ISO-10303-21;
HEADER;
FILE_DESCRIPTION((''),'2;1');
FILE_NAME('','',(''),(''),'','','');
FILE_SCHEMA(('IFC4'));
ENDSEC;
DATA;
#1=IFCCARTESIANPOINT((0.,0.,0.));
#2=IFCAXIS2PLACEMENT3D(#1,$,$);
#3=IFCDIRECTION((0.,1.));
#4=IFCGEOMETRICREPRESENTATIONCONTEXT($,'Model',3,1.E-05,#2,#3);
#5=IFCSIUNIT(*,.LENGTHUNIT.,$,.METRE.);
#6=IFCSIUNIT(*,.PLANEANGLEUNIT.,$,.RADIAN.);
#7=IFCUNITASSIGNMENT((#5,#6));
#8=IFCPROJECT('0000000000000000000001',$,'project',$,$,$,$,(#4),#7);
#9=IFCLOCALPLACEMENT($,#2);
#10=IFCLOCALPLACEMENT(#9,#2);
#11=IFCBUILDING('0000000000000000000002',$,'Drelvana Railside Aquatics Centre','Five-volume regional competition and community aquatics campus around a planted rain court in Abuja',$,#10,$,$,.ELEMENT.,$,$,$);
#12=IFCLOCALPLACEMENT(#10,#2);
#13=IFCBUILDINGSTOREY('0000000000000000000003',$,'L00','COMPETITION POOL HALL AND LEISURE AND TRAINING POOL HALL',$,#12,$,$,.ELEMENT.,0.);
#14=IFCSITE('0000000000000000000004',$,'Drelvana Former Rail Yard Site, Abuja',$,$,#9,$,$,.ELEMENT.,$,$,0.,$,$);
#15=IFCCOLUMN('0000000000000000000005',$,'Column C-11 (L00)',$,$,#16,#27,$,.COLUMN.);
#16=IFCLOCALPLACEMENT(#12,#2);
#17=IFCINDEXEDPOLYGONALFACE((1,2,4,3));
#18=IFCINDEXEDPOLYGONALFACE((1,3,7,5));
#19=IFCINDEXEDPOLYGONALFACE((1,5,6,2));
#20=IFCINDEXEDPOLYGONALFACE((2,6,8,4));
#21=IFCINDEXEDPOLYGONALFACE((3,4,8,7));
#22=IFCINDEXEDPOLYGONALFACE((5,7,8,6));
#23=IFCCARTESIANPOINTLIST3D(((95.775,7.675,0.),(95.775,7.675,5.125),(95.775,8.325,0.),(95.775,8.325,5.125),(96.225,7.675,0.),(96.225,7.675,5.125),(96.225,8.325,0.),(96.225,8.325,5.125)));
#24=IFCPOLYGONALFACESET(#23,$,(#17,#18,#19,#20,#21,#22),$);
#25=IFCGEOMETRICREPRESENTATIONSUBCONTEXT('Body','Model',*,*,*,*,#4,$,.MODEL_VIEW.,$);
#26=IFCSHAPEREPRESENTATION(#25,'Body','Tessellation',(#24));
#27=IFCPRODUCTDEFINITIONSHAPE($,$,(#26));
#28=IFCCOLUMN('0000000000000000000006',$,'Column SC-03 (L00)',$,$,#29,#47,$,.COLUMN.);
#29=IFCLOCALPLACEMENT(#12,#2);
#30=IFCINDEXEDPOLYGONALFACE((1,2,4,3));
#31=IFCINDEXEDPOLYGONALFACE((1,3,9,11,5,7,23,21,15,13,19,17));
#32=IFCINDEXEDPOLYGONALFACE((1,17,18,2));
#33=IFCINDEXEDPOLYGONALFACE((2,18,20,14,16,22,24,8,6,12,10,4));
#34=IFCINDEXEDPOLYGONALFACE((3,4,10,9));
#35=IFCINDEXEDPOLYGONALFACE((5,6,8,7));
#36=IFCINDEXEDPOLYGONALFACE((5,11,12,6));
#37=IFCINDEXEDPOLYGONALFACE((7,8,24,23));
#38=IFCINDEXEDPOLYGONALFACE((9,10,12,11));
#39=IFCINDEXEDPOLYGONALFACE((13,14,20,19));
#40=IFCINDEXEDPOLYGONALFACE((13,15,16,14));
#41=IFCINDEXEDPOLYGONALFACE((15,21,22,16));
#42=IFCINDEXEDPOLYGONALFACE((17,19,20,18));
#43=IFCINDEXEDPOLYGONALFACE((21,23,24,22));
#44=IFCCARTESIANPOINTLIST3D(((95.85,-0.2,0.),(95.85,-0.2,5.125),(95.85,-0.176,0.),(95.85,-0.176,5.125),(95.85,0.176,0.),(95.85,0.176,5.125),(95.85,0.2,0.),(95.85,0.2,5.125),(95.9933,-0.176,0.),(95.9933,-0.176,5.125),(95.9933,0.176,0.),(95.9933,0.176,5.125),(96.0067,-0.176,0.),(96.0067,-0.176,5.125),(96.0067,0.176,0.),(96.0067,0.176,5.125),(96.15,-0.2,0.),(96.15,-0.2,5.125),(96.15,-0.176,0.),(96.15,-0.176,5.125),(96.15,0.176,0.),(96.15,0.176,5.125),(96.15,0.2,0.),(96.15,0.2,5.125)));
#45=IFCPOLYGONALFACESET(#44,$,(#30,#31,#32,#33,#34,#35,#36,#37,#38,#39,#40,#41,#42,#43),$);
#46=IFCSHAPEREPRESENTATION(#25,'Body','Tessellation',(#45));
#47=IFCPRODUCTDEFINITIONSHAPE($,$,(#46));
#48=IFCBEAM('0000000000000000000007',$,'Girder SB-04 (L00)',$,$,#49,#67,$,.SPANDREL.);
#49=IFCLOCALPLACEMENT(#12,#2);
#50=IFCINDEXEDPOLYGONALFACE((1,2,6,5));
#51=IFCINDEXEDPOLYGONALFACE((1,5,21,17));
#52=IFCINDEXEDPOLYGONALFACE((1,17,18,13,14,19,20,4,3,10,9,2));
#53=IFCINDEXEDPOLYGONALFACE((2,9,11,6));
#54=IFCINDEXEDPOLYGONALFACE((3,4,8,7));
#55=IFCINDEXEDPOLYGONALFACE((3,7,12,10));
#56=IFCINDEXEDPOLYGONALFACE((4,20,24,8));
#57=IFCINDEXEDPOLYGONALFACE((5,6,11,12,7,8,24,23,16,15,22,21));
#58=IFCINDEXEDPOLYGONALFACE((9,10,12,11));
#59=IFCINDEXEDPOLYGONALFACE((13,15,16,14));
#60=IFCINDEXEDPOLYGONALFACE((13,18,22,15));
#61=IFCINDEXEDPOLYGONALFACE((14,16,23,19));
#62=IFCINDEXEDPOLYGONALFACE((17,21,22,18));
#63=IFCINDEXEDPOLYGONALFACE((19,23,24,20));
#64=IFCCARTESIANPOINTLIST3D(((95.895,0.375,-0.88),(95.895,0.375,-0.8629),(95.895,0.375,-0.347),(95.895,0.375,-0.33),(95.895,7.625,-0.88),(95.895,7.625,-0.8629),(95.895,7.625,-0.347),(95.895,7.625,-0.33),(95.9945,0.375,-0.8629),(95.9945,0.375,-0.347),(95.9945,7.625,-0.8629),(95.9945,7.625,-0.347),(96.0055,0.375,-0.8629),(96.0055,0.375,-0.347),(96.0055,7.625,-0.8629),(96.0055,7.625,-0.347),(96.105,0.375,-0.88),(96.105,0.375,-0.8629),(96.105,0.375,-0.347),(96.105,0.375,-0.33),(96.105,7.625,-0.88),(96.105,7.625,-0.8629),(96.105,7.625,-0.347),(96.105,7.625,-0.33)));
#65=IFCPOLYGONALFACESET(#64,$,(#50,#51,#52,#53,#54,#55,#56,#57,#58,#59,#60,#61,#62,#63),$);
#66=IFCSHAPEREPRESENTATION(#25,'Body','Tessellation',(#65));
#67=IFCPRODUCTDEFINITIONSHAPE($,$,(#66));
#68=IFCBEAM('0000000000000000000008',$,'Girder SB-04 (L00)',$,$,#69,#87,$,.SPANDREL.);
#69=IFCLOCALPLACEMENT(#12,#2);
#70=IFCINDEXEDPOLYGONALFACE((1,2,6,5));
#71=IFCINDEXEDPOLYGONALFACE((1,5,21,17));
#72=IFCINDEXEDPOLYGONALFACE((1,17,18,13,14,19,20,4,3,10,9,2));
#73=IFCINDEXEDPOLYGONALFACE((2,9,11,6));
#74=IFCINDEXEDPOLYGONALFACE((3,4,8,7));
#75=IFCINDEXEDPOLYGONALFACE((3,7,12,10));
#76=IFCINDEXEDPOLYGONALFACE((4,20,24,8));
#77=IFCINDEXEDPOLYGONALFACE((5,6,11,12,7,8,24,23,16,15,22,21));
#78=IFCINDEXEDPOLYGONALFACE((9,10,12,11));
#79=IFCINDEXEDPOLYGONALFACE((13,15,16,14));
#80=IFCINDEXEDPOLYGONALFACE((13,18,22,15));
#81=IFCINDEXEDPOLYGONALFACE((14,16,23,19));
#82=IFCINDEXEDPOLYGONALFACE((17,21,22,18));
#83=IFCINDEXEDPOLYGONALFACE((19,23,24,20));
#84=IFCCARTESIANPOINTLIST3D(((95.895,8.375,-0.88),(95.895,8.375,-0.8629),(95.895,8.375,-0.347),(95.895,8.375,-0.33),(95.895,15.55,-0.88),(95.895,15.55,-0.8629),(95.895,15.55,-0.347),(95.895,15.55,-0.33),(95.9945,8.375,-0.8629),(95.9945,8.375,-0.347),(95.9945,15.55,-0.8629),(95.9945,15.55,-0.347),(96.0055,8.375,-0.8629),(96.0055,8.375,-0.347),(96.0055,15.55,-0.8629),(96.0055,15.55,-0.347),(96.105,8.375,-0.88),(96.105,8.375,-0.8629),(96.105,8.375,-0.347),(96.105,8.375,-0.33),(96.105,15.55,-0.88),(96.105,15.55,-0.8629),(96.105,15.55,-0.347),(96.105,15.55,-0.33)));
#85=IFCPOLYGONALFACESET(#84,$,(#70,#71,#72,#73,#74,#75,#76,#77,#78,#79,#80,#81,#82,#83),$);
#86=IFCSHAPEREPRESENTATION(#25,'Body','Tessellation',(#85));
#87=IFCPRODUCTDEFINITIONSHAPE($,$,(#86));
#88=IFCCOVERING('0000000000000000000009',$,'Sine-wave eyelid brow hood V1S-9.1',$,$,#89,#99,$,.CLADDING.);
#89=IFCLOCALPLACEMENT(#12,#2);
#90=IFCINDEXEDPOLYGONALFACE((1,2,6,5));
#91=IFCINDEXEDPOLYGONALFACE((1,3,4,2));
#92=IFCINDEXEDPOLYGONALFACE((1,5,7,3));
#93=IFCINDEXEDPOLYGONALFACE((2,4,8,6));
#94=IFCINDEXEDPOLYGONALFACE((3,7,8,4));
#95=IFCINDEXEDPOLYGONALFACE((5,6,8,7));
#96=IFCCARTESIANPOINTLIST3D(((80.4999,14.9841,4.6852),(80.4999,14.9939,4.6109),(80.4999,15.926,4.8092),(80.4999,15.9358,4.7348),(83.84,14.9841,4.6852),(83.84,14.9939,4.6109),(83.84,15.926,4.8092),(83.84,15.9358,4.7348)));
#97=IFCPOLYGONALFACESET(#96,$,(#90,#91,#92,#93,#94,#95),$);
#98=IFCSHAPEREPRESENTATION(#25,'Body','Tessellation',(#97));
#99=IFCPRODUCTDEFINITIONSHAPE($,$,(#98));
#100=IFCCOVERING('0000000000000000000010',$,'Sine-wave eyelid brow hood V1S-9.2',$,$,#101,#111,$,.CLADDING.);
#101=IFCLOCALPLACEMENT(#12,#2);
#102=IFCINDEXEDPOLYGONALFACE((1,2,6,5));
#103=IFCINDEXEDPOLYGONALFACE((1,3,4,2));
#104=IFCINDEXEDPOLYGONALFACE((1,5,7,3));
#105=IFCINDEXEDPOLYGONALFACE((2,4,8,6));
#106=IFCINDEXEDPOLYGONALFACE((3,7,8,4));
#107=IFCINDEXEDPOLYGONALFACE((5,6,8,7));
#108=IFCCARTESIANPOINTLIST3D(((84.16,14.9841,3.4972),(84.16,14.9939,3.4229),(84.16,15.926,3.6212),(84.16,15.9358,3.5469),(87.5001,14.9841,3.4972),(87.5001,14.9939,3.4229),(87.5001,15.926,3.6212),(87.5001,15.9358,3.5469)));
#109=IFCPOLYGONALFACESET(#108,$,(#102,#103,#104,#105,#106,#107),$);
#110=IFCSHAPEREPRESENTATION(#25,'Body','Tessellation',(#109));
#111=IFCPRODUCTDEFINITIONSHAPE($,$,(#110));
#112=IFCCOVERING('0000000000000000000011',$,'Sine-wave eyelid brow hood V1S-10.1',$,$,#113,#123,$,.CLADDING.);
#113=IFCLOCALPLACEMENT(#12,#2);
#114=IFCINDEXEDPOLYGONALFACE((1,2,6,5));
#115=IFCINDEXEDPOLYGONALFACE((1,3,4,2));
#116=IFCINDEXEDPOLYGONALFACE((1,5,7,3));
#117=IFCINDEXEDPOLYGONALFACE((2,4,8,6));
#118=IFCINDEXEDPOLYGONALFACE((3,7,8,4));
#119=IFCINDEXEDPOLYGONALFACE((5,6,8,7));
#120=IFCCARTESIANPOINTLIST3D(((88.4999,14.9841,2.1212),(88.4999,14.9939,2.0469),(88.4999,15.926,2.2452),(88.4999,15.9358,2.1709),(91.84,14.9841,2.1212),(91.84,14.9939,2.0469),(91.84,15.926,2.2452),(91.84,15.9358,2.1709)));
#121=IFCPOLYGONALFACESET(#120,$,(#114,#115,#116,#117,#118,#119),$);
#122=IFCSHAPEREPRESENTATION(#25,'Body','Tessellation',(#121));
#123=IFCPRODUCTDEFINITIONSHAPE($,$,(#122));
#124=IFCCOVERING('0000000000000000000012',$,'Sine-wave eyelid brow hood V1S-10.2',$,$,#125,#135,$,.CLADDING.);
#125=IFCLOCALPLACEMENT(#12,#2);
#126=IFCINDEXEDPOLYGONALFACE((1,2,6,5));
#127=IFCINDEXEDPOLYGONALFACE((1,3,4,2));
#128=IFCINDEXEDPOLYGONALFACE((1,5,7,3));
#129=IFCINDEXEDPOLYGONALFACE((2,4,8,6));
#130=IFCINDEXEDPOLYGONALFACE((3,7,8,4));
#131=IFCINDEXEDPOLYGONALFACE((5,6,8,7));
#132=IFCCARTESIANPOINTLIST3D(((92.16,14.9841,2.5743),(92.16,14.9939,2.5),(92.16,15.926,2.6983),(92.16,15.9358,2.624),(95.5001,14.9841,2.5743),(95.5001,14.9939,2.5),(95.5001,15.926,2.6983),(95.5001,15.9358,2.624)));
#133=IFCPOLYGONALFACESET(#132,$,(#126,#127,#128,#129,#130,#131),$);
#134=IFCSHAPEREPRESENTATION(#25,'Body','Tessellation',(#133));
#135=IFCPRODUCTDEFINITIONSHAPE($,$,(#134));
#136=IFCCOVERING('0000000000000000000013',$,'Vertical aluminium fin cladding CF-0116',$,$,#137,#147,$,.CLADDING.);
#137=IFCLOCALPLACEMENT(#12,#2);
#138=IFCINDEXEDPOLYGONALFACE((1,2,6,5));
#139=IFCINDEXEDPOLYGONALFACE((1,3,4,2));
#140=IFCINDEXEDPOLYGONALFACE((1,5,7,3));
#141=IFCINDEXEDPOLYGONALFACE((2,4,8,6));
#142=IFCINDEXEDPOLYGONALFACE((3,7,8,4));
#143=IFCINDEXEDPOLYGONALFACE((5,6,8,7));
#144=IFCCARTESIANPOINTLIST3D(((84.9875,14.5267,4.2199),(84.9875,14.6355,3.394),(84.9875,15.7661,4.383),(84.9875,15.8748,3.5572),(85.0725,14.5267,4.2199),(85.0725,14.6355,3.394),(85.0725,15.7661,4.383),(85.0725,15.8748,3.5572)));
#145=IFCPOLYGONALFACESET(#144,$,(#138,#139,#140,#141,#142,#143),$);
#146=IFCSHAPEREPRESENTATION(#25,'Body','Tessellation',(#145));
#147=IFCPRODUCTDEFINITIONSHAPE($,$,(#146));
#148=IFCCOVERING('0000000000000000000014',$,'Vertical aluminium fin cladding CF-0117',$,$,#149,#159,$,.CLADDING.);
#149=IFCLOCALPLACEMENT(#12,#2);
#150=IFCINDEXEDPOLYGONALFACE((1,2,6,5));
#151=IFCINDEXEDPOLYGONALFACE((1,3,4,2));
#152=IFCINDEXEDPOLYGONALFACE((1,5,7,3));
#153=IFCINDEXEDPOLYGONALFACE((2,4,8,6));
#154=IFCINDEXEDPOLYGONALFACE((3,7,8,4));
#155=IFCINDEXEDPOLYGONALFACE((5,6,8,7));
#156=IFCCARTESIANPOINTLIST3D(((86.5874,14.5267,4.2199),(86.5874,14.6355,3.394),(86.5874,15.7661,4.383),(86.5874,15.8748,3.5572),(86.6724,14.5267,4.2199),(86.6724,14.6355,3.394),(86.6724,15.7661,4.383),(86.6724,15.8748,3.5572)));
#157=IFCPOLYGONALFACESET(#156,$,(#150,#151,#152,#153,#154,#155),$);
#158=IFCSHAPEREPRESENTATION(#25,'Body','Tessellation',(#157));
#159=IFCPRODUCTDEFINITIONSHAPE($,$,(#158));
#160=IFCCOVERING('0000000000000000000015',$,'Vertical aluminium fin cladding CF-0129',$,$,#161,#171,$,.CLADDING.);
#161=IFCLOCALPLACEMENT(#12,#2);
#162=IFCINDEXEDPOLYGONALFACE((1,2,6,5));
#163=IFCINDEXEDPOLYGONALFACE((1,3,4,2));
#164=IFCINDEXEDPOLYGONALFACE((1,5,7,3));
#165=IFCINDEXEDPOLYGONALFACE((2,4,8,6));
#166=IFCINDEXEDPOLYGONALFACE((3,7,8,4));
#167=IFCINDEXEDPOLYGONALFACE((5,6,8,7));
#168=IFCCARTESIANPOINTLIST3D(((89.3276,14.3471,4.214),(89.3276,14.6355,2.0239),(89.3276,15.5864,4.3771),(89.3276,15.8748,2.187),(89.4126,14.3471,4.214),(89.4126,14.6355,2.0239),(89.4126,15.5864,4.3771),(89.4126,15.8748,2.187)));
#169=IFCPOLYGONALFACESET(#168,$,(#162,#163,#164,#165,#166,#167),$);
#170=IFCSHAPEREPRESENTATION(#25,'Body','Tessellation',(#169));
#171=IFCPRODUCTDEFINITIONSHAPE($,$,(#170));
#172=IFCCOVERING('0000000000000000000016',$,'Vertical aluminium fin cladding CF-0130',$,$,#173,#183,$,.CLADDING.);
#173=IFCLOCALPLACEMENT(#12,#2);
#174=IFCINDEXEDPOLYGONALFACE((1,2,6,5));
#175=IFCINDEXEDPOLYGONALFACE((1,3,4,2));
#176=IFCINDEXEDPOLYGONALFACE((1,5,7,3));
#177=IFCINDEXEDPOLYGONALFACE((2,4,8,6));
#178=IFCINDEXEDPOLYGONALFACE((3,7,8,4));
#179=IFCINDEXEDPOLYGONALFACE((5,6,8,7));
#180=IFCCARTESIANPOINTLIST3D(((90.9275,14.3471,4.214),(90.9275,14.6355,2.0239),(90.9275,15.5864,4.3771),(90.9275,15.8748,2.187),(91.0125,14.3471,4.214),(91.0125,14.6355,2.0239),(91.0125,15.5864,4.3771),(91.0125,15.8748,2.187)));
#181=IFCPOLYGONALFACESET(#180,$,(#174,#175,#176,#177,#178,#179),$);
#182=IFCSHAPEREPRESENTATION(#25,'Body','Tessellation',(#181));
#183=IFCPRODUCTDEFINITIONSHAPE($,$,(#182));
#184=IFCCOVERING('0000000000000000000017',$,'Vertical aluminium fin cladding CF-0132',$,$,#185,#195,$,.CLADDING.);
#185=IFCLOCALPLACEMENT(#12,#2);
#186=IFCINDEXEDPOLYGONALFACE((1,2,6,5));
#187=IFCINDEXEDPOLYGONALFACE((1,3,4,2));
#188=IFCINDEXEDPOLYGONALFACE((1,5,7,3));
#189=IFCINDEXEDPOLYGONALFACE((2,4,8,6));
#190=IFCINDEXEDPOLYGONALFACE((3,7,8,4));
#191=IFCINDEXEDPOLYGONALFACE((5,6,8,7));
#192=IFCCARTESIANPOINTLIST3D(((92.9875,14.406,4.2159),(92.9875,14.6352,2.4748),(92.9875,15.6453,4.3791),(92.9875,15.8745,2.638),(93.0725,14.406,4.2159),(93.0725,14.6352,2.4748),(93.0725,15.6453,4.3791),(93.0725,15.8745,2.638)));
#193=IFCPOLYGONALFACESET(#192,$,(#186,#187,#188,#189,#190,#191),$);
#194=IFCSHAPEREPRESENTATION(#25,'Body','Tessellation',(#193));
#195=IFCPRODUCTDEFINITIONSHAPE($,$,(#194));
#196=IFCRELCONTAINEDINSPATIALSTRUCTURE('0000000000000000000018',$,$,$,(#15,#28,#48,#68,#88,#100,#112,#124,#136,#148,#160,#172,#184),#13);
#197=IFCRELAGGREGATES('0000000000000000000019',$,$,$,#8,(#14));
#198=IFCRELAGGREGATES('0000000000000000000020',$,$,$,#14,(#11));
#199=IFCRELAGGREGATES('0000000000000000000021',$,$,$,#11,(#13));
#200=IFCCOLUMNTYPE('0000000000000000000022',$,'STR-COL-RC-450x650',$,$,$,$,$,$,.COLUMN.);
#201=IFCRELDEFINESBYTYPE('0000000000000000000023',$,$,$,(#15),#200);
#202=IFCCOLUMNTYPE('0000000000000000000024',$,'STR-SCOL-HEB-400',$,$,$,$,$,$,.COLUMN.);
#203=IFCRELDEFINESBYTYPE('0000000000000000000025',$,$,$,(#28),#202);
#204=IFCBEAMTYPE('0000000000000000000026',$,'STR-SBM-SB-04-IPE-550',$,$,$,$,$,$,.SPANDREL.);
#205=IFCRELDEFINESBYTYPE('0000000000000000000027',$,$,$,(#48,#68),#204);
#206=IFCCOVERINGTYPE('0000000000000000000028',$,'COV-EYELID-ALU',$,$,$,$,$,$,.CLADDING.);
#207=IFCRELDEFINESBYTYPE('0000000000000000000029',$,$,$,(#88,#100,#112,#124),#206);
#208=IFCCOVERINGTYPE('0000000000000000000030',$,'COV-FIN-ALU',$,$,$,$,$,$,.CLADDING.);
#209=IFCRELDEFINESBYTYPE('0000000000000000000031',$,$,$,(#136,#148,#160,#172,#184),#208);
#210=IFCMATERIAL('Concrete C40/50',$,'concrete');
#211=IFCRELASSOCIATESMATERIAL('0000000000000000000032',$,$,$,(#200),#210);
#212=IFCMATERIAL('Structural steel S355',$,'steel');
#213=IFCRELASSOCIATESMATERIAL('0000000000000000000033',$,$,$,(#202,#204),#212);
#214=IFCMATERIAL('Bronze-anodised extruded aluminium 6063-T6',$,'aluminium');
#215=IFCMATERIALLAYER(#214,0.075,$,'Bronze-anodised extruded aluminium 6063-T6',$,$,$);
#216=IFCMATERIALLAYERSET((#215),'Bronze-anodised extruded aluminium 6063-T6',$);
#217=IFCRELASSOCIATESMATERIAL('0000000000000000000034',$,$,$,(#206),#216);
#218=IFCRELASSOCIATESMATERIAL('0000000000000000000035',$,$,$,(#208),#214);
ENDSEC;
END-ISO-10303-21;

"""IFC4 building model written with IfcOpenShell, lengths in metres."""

from ifc_helpers import new_model, si_unit, direction, frame, origin, origin_2d, place, context, subcontext, project, spatial, rectangle, i_section, extrude, material, layer, layer_set, material_profile, profile_set, type_object, element, save


model = new_model("IFC4")

# Units and contexts
model_context = context("Model", 3, precision=1e-05, world=origin(), true_north=direction((0.0, 1.0)))
body_context = subcontext(model_context, "Body", "Model", "MODEL_VIEW")
ifc_project = project(units=[si_unit("LENGTHUNIT", "METRE"), si_unit("PLANEANGLEUNIT", "RADIAN")], contexts=[model_context])

# Site, building, storey
site_placement = place(None, origin())
site = spatial("IfcSite", under=ifc_project, at=site_placement, Name="Drelvana Former Rail Yard Site, Abuja", CompositionType="ELEMENT", RefElevation=0.0)
building_placement = place(site_placement, origin())
building = spatial("IfcBuilding", under=site, at=building_placement, Name="Drelvana Railside Aquatics Centre", Description="Five-volume regional competition and community aquatics campus around a planted rain court in Abuja", CompositionType="ELEMENT")
storey_placement = place(building_placement, origin())
storey = spatial("IfcBuildingStorey", under=building, at=storey_placement, Name="L00", Description="COMPETITION POOL HALL AND LEISURE AND TRAINING POOL HALL", CompositionType="ELEMENT", Elevation=0.0)

# Columns
ifc_material_1 = material(Name="Concrete C40/50", Category="concrete")
ifc_material_profile_1 = material_profile(ifc_material_1, rectangle(XDim=0.45, YDim=0.6499, at=origin_2d()), Name="RC 450x650")
ifc_profile_set_1 = profile_set([ifc_material_profile_1], Name="Concrete C40/50")
column_type_1 = type_object("IfcColumnType", Name="STR-COL-RC-450x650", PredefinedType="COLUMN", material=ifc_profile_set_1)
column_1_placement = place(storey_placement, frame((96.0, 8.0, 0.0), z_axis=(0.0, 0.0, 1.0), x_axis=(1.0, 0.0, 0.0)))
element("IfcColumn", 1, at=column_1_placement, inside=storey, type_object=column_type_1, Name="Column C-11 (L00)", PredefinedType="COLUMN", context=body_context, shape_type="SweptSolid", body=[
    extrude(rectangle(XDim=0.45, YDim=0.6499, at=origin_2d()), origin(), (0.0, 0.0, 1.0), 5.125),
])
ifc_material_2 = material(Name="Structural steel S355", Category="steel")
ifc_material_profile_2 = material_profile(ifc_material_2, i_section(OverallWidth=0.3, OverallDepth=0.3999, WebThickness=0.0134, FlangeThickness=0.0239, at=origin_2d()), Name="HEB 400")
ifc_profile_set_2 = profile_set([ifc_material_profile_2], Name="Structural steel S355")
column_type_2 = type_object("IfcColumnType", Name="STR-SCOL-HEB-400", PredefinedType="COLUMN", material=ifc_profile_set_2)
column_2_placement = place(storey_placement, frame((96.0, 0.0, 0.0), z_axis=(0.0, 0.0, 1.0), x_axis=(1.0, 0.0, 0.0)))
element("IfcColumn", 2, at=column_2_placement, inside=storey, type_object=column_type_2, Name="Column SC-03 (L00)", PredefinedType="COLUMN", context=body_context, shape_type="SweptSolid", body=[
    extrude(i_section(OverallWidth=0.3, OverallDepth=0.3999, WebThickness=0.0134, FlangeThickness=0.0239, at=origin_2d()), origin(), (0.0, 0.0, 1.0), 5.125),
])

# Beams
ifc_material_profile_3 = material_profile(ifc_material_2, i_section(OverallWidth=0.21, OverallDepth=0.55, WebThickness=0.011, FlangeThickness=0.0171, at=origin_2d()), Name="IPE 550")
ifc_profile_set_3 = profile_set([ifc_material_profile_3], Name="Structural steel S355")
beam_type = type_object("IfcBeamType", Name="STR-SBM-SB-04-IPE-550", PredefinedType="SPANDREL", material=ifc_profile_set_3)
beam_1_placement = place(storey_placement, frame((96.0, 0.375, -0.605), z_axis=(0.0, 1.0, 0.0), x_axis=(-1.0, 0.0, 0.0)))
element("IfcBeam", 3, at=beam_1_placement, inside=storey, type_object=beam_type, Name="Girder SB-04 (L00)", PredefinedType="SPANDREL", context=body_context, shape_type="SweptSolid", body=[
    extrude(i_section(OverallWidth=0.21, OverallDepth=0.55, WebThickness=0.011, FlangeThickness=0.0171, at=origin_2d()), origin(), (0.0, 0.0, 1.0), 7.25),
])
beam_2_placement = place(storey_placement, frame((96.0, 8.375, -0.605), z_axis=(0.0, 1.0, 0.0), x_axis=(-1.0, 0.0, 0.0)))
element("IfcBeam", 4, at=beam_2_placement, inside=storey, type_object=beam_type, Name="Girder SB-04 (L00)", PredefinedType="SPANDREL", context=body_context, shape_type="SweptSolid", body=[
    extrude(i_section(OverallWidth=0.21, OverallDepth=0.55, WebThickness=0.011, FlangeThickness=0.0171, at=origin_2d()), origin(), (0.0, 0.0, 1.0), 7.175),
])

# Coverings
ifc_material_3 = material(Name="Bronze-anodised extruded aluminium 6063-T6", Category="aluminium")
ifc_layer_1 = layer(ifc_material_3, 0.075, Name="Bronze-anodised extruded aluminium 6063-T6")
ifc_layer_set_1 = layer_set([ifc_layer_1], Name="Bronze-anodised extruded aluminium 6063-T6")
covering_type_1 = type_object("IfcCoveringType", Name="COV-EYELID-ALU", PredefinedType="CLADDING", material=ifc_layer_set_1)
for number, where, z_axis, x_axis, name in (
    (5, (82.1699, 15.4648, 4.6729), (0.0, -0.130526, 0.991445), (-1.0, 0.0, 0.0), "Sine-wave eyelid brow hood V1S-9.1"),
    (6, (85.8301, 15.4648, 3.4849), (0.0, -0.130526, 0.991445), (-1.0, 0.0, 0.0), "Sine-wave eyelid brow hood V1S-9.2"),
    (7, (90.1699, 15.4648, 2.1089), (0.0, -0.130526, 0.991445), (-1.0, 0.0, 0.0), "Sine-wave eyelid brow hood V1S-10.1"),
    (8, (93.8301, 15.4648, 2.562), (0.0, -0.130526, 0.991445), (-1.0, 0.0, 0.0), "Sine-wave eyelid brow hood V1S-10.2"),
):
    element("IfcCovering", number, at=place(storey_placement, frame(where, z_axis=z_axis, x_axis=x_axis)), inside=storey, type_object=covering_type_1, Name=name, PredefinedType="CLADDING", context=body_context, shape_type="SweptSolid", body=[
        extrude(rectangle(XDim=3.3401, YDim=0.95, at=origin_2d()), origin(), (0.0, 0.0, 1.0), 0.075),
    ])
covering_type_2 = type_object("IfcCoveringType", Name="COV-FIN-ALU", PredefinedType="CLADDING", material=ifc_material_3)
for number, where, z_axis, x_axis, name in (
    (9, (85.03, 15.2551, 3.4756), (0.0, -0.130526, 0.991445), (-1.0, 0.0, 0.0), "Vertical aluminium fin cladding CF-0116"),
    (10, (86.6299, 15.2551, 3.4756), (0.0, -0.130526, 0.991445), (-1.0, 0.0, 0.0), "Vertical aluminium fin cladding CF-0117"),
):
    element("IfcCovering", number, at=place(storey_placement, frame(where, z_axis=z_axis, x_axis=x_axis)), inside=storey, type_object=covering_type_2, Name=name, PredefinedType="CLADDING", context=body_context, shape_type="SweptSolid", body=[
        extrude(rectangle(XDim=0.085, YDim=1.25, at=origin_2d()), origin(), (0.0, 0.0, 1.0), 0.833),
    ])
for number, where, z_axis, x_axis, name in (
    (11, (89.3701, 15.2551, 2.1055), (0.0, -0.130526, 0.991445), (-1.0, 0.0, 0.0), "Vertical aluminium fin cladding CF-0129"),
    (12, (90.97, 15.2551, 2.1055), (0.0, -0.130526, 0.991445), (-1.0, 0.0, 0.0), "Vertical aluminium fin cladding CF-0130"),
):
    element("IfcCovering", number, at=place(storey_placement, frame(where, z_axis=z_axis, x_axis=x_axis)), inside=storey, type_object=covering_type_2, Name=name, PredefinedType="CLADDING", context=body_context, shape_type="SweptSolid", body=[
        extrude(rectangle(XDim=0.085, YDim=1.25, at=origin_2d()), origin(), (0.0, 0.0, 1.0), 2.209),
    ])
for number, where, z_axis, x_axis, name in (
    (13, (93.03, 15.2549, 2.5564), (0.0, -0.130526, 0.991445), (-1.0, 0.0, 0.0), "Vertical aluminium fin cladding CF-0132"),
):
    element("IfcCovering", number, at=place(storey_placement, frame(where, z_axis=z_axis, x_axis=x_axis)), inside=storey, type_object=covering_type_2, Name=name, PredefinedType="CLADDING", context=body_context, shape_type="SweptSolid", body=[
        extrude(rectangle(XDim=0.085, YDim=1.25, at=origin_2d()), origin(), (0.0, 0.0, 1.0), 1.7561),
    ])

save(model, "model.ifc")
